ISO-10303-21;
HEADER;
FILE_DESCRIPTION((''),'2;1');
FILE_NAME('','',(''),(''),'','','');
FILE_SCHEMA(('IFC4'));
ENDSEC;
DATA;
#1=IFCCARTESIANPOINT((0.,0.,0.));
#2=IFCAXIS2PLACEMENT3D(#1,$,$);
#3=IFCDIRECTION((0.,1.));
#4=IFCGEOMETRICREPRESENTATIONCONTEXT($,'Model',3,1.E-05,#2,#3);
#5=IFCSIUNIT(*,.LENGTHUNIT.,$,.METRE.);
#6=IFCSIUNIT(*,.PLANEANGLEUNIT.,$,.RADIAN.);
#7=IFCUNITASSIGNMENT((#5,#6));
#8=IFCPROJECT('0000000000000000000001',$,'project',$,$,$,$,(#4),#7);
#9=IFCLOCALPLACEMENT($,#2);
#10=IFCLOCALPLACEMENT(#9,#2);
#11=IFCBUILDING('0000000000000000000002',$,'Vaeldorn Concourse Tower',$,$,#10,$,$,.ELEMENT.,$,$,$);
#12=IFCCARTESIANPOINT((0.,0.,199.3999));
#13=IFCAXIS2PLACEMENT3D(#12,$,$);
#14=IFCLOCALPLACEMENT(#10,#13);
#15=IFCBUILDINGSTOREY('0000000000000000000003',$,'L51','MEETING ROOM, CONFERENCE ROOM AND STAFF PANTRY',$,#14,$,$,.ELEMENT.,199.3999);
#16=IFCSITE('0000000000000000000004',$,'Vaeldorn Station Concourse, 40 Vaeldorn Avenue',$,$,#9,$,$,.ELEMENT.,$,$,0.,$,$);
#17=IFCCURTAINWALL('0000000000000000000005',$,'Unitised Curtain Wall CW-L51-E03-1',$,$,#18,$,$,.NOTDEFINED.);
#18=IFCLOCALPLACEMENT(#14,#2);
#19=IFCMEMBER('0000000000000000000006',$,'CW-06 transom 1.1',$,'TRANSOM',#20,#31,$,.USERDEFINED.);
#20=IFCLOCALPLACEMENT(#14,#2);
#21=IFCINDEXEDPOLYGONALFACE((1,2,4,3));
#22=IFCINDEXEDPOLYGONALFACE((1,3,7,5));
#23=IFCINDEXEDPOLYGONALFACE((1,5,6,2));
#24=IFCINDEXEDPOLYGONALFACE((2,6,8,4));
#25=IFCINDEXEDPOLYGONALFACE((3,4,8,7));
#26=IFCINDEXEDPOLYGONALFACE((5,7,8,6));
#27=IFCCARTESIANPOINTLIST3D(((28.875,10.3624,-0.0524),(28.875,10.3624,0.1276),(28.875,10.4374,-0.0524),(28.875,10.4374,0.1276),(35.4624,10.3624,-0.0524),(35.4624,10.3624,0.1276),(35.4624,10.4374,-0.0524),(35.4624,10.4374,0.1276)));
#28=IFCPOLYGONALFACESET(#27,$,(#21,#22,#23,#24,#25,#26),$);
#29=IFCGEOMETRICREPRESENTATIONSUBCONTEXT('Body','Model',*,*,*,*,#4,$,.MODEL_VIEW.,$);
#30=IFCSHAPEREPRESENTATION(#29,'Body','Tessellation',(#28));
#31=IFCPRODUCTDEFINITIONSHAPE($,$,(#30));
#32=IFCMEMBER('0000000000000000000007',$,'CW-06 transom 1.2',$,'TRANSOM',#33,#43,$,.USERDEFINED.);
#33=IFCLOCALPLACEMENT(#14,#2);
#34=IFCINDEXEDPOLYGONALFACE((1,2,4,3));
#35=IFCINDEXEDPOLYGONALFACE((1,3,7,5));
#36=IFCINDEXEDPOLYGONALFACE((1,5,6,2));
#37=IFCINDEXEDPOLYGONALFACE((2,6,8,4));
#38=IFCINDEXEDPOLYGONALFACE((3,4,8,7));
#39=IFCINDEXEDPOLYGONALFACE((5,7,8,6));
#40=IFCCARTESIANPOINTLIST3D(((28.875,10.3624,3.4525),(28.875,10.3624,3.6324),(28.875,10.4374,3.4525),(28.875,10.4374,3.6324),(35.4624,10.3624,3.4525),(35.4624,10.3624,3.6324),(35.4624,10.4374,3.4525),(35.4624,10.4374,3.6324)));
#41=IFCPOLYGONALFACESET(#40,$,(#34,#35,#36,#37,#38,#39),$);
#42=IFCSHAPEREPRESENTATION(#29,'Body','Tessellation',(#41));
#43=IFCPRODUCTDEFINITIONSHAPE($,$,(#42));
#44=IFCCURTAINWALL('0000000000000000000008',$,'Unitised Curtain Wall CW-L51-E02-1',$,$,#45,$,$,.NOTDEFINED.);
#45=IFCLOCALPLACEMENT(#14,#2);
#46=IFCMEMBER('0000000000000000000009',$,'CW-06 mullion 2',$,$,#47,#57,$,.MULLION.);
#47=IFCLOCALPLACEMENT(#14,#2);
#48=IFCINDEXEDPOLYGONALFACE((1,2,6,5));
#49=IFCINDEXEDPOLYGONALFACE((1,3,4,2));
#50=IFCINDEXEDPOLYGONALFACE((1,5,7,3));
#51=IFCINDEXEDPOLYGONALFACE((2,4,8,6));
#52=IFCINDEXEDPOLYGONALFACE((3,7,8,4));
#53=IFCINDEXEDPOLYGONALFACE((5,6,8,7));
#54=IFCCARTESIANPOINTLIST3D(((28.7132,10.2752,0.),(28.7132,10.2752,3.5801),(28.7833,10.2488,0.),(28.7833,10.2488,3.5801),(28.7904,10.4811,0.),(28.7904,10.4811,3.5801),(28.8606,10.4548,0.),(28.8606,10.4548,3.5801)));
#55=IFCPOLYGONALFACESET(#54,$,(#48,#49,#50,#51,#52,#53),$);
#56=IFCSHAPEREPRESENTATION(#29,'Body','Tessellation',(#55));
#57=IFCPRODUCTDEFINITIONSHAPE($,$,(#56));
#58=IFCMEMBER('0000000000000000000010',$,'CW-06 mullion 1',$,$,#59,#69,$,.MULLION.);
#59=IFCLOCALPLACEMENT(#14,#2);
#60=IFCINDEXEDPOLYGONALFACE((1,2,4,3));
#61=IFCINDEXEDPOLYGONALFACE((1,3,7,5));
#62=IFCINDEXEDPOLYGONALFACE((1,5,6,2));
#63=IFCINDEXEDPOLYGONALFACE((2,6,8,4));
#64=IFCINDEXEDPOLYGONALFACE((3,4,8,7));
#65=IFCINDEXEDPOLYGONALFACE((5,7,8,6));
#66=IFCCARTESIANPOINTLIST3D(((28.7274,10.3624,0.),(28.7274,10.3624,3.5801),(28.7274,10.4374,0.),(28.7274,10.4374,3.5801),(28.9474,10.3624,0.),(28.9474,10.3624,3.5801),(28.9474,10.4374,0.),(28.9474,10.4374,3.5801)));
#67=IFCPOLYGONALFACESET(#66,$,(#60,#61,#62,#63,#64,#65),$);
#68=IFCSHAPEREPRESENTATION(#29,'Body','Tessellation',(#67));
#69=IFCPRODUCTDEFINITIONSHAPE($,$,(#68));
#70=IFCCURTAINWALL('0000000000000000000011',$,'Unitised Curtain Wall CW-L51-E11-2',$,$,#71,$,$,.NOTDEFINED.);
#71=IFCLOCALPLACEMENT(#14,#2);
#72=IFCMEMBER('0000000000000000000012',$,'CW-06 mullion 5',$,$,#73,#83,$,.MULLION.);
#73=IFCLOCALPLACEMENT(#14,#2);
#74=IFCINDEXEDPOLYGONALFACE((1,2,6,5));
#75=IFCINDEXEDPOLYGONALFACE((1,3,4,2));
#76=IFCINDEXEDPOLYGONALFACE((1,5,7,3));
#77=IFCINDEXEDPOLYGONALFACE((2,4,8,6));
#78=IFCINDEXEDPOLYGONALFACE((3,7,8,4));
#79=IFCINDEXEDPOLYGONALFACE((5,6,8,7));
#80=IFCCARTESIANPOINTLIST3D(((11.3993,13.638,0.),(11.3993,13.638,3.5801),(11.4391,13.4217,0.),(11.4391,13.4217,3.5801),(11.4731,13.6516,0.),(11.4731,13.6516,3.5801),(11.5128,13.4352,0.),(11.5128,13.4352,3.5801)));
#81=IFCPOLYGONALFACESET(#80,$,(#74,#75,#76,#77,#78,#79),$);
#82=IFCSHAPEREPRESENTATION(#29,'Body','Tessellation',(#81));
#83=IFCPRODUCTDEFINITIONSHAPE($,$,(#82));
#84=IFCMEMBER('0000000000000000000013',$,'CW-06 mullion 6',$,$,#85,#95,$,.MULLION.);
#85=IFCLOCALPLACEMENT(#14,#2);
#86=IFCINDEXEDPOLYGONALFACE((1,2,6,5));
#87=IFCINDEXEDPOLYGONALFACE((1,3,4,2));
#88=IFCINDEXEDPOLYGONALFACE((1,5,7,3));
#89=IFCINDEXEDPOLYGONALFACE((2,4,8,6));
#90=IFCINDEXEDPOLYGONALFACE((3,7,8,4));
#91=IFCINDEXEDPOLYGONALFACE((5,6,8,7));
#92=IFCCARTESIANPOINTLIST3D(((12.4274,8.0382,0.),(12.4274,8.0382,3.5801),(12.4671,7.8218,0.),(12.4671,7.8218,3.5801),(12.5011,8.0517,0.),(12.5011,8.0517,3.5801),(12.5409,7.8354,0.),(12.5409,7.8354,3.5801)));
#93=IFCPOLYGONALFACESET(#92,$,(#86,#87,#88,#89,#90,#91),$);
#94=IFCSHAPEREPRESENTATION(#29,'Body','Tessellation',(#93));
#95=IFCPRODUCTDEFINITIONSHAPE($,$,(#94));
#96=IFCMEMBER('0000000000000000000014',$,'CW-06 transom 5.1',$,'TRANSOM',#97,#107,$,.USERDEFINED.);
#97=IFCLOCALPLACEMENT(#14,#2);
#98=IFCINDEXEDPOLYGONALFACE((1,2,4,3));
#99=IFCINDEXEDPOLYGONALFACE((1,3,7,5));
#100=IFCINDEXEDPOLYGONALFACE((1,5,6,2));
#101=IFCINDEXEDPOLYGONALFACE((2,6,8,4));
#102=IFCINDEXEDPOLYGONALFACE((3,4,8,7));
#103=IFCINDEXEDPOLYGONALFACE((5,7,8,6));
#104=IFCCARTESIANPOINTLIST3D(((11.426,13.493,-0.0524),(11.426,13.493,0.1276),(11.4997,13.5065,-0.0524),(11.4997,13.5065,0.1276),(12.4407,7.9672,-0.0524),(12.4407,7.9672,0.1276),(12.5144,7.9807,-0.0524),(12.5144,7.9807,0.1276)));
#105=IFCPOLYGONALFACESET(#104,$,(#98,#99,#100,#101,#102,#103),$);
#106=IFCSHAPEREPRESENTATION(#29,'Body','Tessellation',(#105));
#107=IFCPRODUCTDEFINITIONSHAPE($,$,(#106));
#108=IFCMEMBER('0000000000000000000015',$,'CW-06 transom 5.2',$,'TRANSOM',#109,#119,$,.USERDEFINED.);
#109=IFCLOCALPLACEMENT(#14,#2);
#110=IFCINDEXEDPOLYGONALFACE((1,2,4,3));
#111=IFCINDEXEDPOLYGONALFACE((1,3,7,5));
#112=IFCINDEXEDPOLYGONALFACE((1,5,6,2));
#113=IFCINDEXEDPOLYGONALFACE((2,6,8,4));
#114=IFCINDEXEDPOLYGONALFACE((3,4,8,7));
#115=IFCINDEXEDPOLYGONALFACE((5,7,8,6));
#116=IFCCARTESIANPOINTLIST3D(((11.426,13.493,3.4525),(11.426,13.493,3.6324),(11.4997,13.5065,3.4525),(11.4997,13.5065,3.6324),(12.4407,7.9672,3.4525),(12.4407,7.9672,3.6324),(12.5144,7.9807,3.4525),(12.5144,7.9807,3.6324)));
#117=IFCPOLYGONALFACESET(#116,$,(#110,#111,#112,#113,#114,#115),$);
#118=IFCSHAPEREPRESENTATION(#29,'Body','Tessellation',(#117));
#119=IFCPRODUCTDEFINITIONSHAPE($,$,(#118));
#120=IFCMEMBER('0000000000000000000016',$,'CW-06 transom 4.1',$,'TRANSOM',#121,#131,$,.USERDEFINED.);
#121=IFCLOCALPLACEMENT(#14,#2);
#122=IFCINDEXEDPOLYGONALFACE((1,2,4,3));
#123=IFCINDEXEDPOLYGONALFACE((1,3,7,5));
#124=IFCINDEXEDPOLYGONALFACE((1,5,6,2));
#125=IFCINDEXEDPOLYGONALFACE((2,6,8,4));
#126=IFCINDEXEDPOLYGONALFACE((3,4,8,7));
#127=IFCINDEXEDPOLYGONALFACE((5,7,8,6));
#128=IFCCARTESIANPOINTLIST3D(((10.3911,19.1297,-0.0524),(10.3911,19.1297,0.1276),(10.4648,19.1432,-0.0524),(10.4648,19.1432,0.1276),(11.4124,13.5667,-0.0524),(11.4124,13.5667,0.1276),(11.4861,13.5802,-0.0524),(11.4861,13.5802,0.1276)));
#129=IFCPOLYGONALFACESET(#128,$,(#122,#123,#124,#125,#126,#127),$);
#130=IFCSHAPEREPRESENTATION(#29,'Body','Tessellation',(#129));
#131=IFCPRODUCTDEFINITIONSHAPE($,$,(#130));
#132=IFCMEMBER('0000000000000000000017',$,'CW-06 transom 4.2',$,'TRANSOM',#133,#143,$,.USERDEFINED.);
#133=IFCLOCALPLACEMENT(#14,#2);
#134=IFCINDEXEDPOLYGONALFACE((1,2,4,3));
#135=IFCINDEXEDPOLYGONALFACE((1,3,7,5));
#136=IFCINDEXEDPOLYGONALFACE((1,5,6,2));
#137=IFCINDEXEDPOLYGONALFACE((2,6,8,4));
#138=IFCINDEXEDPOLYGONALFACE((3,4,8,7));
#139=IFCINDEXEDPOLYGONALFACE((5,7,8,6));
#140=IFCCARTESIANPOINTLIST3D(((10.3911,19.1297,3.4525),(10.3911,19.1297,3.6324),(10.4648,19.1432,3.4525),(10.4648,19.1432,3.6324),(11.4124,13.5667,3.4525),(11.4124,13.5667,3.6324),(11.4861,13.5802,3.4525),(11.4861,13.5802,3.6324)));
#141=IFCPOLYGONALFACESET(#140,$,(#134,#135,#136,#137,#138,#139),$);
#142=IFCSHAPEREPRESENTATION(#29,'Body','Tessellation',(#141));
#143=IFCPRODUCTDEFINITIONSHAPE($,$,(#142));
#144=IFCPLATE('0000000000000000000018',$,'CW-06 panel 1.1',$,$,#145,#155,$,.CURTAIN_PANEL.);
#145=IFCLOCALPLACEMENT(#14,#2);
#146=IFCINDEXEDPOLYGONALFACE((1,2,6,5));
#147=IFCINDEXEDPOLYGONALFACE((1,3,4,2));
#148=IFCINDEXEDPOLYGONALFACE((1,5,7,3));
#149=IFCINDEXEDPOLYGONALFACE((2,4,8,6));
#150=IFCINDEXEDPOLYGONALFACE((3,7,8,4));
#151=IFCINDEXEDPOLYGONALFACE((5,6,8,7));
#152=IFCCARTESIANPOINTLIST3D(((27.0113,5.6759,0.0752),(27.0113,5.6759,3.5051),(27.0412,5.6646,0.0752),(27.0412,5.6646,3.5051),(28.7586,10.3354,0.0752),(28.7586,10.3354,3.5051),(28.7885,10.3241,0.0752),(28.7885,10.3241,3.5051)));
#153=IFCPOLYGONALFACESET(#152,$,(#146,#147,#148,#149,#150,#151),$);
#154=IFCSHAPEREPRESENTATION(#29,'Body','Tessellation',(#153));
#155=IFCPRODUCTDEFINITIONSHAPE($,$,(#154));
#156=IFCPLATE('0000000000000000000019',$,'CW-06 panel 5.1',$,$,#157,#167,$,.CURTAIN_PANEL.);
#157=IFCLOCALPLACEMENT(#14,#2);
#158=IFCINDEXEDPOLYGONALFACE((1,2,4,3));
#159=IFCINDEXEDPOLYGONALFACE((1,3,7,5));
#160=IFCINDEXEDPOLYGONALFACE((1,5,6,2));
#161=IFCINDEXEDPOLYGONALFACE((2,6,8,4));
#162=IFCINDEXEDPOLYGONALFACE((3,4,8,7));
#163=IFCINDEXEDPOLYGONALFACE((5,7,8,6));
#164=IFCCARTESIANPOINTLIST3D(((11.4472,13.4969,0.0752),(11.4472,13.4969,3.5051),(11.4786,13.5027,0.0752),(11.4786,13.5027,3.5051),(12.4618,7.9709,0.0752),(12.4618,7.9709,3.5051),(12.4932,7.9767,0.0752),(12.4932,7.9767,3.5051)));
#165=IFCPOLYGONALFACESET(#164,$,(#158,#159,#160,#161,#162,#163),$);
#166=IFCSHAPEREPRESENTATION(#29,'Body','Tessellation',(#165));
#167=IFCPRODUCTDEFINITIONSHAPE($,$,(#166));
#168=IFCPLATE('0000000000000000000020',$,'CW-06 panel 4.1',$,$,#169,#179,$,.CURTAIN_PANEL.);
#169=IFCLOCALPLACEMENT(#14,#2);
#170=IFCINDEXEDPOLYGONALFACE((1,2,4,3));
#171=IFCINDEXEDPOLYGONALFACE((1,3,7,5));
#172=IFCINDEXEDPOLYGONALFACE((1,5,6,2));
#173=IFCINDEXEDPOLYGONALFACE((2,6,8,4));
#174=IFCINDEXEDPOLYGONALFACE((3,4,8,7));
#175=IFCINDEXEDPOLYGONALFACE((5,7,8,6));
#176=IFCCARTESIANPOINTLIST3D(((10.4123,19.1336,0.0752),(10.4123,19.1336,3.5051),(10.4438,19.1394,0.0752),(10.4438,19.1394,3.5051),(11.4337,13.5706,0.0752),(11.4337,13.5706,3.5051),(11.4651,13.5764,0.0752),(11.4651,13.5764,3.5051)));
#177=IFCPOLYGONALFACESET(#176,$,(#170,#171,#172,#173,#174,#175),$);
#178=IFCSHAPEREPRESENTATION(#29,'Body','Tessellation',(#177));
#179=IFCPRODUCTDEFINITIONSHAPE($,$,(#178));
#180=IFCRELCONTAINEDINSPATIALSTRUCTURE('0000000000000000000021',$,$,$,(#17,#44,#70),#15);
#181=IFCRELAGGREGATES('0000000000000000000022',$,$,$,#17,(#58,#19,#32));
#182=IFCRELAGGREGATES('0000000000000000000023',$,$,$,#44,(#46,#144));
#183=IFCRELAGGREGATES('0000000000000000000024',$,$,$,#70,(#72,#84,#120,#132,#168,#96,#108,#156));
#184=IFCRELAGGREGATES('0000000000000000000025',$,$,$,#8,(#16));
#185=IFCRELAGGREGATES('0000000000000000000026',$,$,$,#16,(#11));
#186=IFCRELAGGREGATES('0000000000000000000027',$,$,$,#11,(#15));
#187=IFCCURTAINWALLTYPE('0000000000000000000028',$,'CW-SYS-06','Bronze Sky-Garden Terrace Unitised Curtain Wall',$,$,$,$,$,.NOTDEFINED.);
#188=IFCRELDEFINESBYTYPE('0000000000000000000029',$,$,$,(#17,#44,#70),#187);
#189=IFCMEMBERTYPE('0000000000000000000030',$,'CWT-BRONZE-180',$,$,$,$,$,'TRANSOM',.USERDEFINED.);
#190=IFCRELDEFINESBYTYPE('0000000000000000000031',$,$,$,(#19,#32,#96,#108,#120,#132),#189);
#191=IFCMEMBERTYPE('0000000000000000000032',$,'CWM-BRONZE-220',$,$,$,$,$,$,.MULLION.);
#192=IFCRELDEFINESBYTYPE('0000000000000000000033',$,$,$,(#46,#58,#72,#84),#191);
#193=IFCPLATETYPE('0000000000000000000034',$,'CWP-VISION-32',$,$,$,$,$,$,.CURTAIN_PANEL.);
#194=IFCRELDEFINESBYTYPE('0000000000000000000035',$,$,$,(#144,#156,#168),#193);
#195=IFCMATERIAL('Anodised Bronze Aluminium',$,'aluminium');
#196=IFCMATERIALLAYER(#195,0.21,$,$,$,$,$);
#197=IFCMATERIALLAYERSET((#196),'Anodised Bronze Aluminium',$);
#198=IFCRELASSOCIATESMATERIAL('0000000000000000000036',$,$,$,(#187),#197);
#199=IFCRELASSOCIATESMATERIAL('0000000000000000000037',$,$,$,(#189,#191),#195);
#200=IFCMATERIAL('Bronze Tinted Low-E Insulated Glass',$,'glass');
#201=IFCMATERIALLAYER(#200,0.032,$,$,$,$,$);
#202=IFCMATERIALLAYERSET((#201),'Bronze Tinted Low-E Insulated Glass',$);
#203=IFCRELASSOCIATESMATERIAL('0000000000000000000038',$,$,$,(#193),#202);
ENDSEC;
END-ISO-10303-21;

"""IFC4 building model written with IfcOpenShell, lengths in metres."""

from ifc_helpers import new_model, si_unit, direction, frame, origin, origin_2d, place, context, subcontext, project, spatial, rectangle, extrude, source, transform, mapped, material, layer, layer_set, material_profile, profile_set, type_object, element, aggregate, save


model = new_model("IFC4")

# Units and contexts
model_context = context("Model", 3, precision=1e-05, world=origin(), true_north=direction((0.0, 1.0)))
body_context = subcontext(model_context, "Body", "Model", "MODEL_VIEW")
ifc_project = project(units=[si_unit("LENGTHUNIT", "METRE"), si_unit("PLANEANGLEUNIT", "RADIAN")], contexts=[model_context])

# Site, building, storey
site_placement = place(None, origin())
site = spatial("IfcSite", under=ifc_project, at=site_placement, Name="Vaeldorn Station Concourse, 40 Vaeldorn Avenue", CompositionType="ELEMENT", RefElevation=0.0)
building_placement = place(site_placement, origin())
building = spatial("IfcBuilding", under=site, at=building_placement, Name="Vaeldorn Concourse Tower", CompositionType="ELEMENT")
storey_placement = place(building_placement, frame((0.0, 0.0, 199.3999)))
storey = spatial("IfcBuildingStorey", under=building, at=storey_placement, Name="L51", Description="MEETING ROOM, CONFERENCE ROOM AND STAFF PANTRY", CompositionType="ELEMENT", Elevation=199.3999)

# Curtain wall, members
ifc_material_1 = material(Name="Anodised Bronze Aluminium", Category="aluminium")
ifc_layer_1 = layer(ifc_material_1, 0.21)
ifc_layer_set_1 = layer_set([ifc_layer_1], Name="Anodised Bronze Aluminium")
curtain_wall_type = type_object("IfcCurtainWallType", Name="CW-SYS-06", Description="Bronze Sky-Garden Terrace Unitised Curtain Wall", PredefinedType="NOTDEFINED", material=ifc_layer_set_1)
curtain_wall_1_placement = place(storey_placement, origin())
curtain_wall_1 = element("IfcCurtainWall", 1, at=curtain_wall_1_placement, inside=storey, type_object=curtain_wall_type, Name="Unitised Curtain Wall CW-L51-E03-1", PredefinedType="NOTDEFINED")
ifc_material_profile_1 = material_profile(ifc_material_1, rectangle(XDim=0.075, YDim=0.1799, at=origin_2d()), Name="CWT 75x180")
ifc_profile_set_1 = profile_set([ifc_material_profile_1], Name="Anodised Bronze Aluminium")
member_type_1 = type_object("IfcMemberType", Name="CWT-BRONZE-180", ElementType="TRANSOM", PredefinedType="USERDEFINED", material=ifc_profile_set_1)
shared_shape_1 = source(origin(), body_context, "Body", "SweptSolid", [
    extrude(rectangle(XDim=0.075, YDim=0.1799, at=origin_2d()), origin(), (0.0, 0.0, 1.0), 6.5874),
])
member_1_placement = place(storey_placement, frame((28.875, 10.3999, 0.0376), z_axis=(1.0, 0.0, 0.0), x_axis=(0.0, 1.0, 0.0)))
member_1 = element("IfcMember", 2, at=member_1_placement, type_object=member_type_1, Name="CW-06 transom 1.1", ObjectType="TRANSOM", PredefinedType="USERDEFINED", context=body_context, shape_type="MappedRepresentation", body=[
    mapped(shared_shape_1, transform((0.0, 0.0, 0.0), scale=1.0)),
])
member_2_placement = place(storey_placement, frame((28.875, 10.3999, 3.5425), z_axis=(1.0, 0.0, 0.0), x_axis=(0.0, 1.0, 0.0)))
member_2 = element("IfcMember", 3, at=member_2_placement, type_object=member_type_1, Name="CW-06 transom 1.2", ObjectType="TRANSOM", PredefinedType="USERDEFINED", context=body_context, shape_type="MappedRepresentation", body=[
    mapped(shared_shape_1, transform((0.0, 0.0, 0.0), scale=1.0)),
])

# Curtain wall, member
curtain_wall_2_placement = place(storey_placement, origin())
curtain_wall_2 = element("IfcCurtainWall", 4, at=curtain_wall_2_placement, inside=storey, type_object=curtain_wall_type, Name="Unitised Curtain Wall CW-L51-E02-1", PredefinedType="NOTDEFINED")
ifc_material_profile_2 = material_profile(ifc_material_1, rectangle(XDim=0.075, YDim=0.22, at=origin_2d()), Name="CWM 75x220")
ifc_profile_set_2 = profile_set([ifc_material_profile_2], Name="Anodised Bronze Aluminium")
member_type_2 = type_object("IfcMemberType", Name="CWM-BRONZE-220", PredefinedType="MULLION", material=ifc_profile_set_2)
shared_shape_2 = source(origin(), body_context, "Body", "SweptSolid", [
    extrude(rectangle(XDim=0.075, YDim=0.22, at=origin_2d()), origin(), (0.0, 0.0, 1.0), 3.5801),
])
member_3_placement = place(storey_placement, frame((28.7869, 10.365, 0.0), z_axis=(0.0, 0.0, 1.0), x_axis=(-0.936329, 0.351123, 0.0)))
member_3 = element("IfcMember", 5, at=member_3_placement, type_object=member_type_2, Name="CW-06 mullion 2", PredefinedType="MULLION", context=body_context, shape_type="MappedRepresentation", body=[
    mapped(shared_shape_2, transform((0.0, 0.0, 0.0), scale=1.0)),
])

# Member
member_4_placement = place(storey_placement, frame((28.8374, 10.3999, 0.0), z_axis=(0.0, 0.0, 1.0), x_axis=(0.0, 1.0, 0.0)))
member_4 = element("IfcMember", 6, at=member_4_placement, type_object=member_type_2, Name="CW-06 mullion 1", PredefinedType="MULLION", context=body_context, shape_type="MappedRepresentation", body=[
    mapped(shared_shape_2, transform((0.0, 0.0, 0.0), scale=1.0)),
])
aggregate(curtain_wall_1, [member_4, member_1, member_2])

# Curtain wall, members
curtain_wall_3_placement = place(storey_placement, origin())
curtain_wall_3 = element("IfcCurtainWall", 7, at=curtain_wall_3_placement, inside=storey, type_object=curtain_wall_type, Name="Unitised Curtain Wall CW-L51-E11-2", PredefinedType="NOTDEFINED")
member_5_placement = place(storey_placement, frame((11.4561, 13.5366, 0.0), z_axis=(0.0, 0.0, 1.0), x_axis=(0.983559, 0.180585, 0.0)))
member_5 = element("IfcMember", 8, at=member_5_placement, type_object=member_type_2, Name="CW-06 mullion 5", PredefinedType="MULLION", context=body_context, shape_type="MappedRepresentation", body=[
    mapped(shared_shape_2, transform((0.0, 0.0, 0.0), scale=1.0)),
])
member_6_placement = place(storey_placement, frame((12.4841, 7.9368, 0.0), z_axis=(0.0, 0.0, 1.0), x_axis=(0.983559, 0.180585, 0.0)))
member_6 = element("IfcMember", 9, at=member_6_placement, type_object=member_type_2, Name="CW-06 mullion 6", PredefinedType="MULLION", context=body_context, shape_type="MappedRepresentation", body=[
    mapped(shared_shape_2, transform((0.0, 0.0, 0.0), scale=1.0)),
])
shared_shape_3 = source(origin(), body_context, "Body", "SweptSolid", [
    extrude(rectangle(XDim=0.075, YDim=0.1799, at=origin_2d()), origin(), (0.0, 0.0, 1.0), 5.6182),
])
member_7_placement = place(storey_placement, frame((11.4629, 13.4998, 0.0376), z_axis=(0.180598, -0.983557, 0.0), x_axis=(0.983557, 0.180598, 0.0)))
member_7 = element("IfcMember", 10, at=member_7_placement, type_object=member_type_1, Name="CW-06 transom 5.1", ObjectType="TRANSOM", PredefinedType="USERDEFINED", context=body_context, shape_type="MappedRepresentation", body=[
    mapped(shared_shape_3, transform((0.0, 0.0, 0.0), scale=1.0)),
])
member_8_placement = place(storey_placement, frame((11.4629, 13.4998, 3.5425), z_axis=(0.180598, -0.983557, 0.0), x_axis=(0.983557, 0.180598, 0.0)))
member_8 = element("IfcMember", 11, at=member_8_placement, type_object=member_type_1, Name="CW-06 transom 5.2", ObjectType="TRANSOM", PredefinedType="USERDEFINED", context=body_context, shape_type="MappedRepresentation", body=[
    mapped(shared_shape_3, transform((0.0, 0.0, 0.0), scale=1.0)),
])
shared_shape_4 = source(origin(), body_context, "Body", "SweptSolid", [
    extrude(rectangle(XDim=0.075, YDim=0.1799, at=origin_2d()), origin(), (0.0, 0.0, 1.0), 5.656),
])
member_9_placement = place(storey_placement, frame((10.428, 19.1365, 0.0376), z_axis=(0.18056, -0.983564, 0.0), x_axis=(0.983564, 0.18056, 0.0)))
member_9 = element("IfcMember", 12, at=member_9_placement, type_object=member_type_1, Name="CW-06 transom 4.1", ObjectType="TRANSOM", PredefinedType="USERDEFINED", context=body_context, shape_type="MappedRepresentation", body=[
    mapped(shared_shape_4, transform((0.0, 0.0, 0.0), scale=1.0)),
])
member_10_placement = place(storey_placement, frame((10.428, 19.1365, 3.5425), z_axis=(0.18056, -0.983564, 0.0), x_axis=(0.983564, 0.18056, 0.0)))
member_10 = element("IfcMember", 13, at=member_10_placement, type_object=member_type_1, Name="CW-06 transom 4.2", ObjectType="TRANSOM", PredefinedType="USERDEFINED", context=body_context, shape_type="MappedRepresentation", body=[
    mapped(shared_shape_4, transform((0.0, 0.0, 0.0), scale=1.0)),
])

# Plates
ifc_material_2 = material(Name="Bronze Tinted Low-E Insulated Glass", Category="glass")
ifc_layer_2 = layer(ifc_material_2, 0.032)
ifc_layer_set_2 = layer_set([ifc_layer_2], Name="Bronze Tinted Low-E Insulated Glass")
plate_type = type_object("IfcPlateType", Name="CWP-VISION-32", PredefinedType="CURTAIN_PANEL", material=ifc_layer_set_2)
shared_shape_5 = source(origin(), body_context, "Body", "SweptSolid", [
    extrude(rectangle(XDim=4.9763, YDim=0.032, at=origin_2d()), origin(), (0.0, 0.0, 1.0), 3.4299),
])
plate_1_placement = place(storey_placement, frame((27.8999, 8.0, 0.0752), z_axis=(0.0, 0.0, 1.0), x_axis=(0.351123, 0.936329, 0.0)))
plate_1 = element("IfcPlate", 14, at=plate_1_placement, type_object=plate_type, Name="CW-06 panel 1.1", PredefinedType="CURTAIN_PANEL", context=body_context, shape_type="MappedRepresentation", body=[
    mapped(shared_shape_5, transform((0.0, 0.0, 0.0), scale=1.0)),
])
aggregate(curtain_wall_2, [member_3, plate_1])
shared_shape_6 = source(origin(), body_context, "Body", "SweptSolid", [
    extrude(rectangle(XDim=5.6184, YDim=0.032, at=origin_2d()), origin(), (0.0, 0.0, 1.0), 3.4299),
])
plate_2_placement = place(storey_placement, frame((11.9702, 10.7368, 0.0752), z_axis=(0.0, 0.0, 1.0), x_axis=(0.180585, -0.983559, 0.0)))
plate_2 = element("IfcPlate", 15, at=plate_2_placement, type_object=plate_type, Name="CW-06 panel 5.1", PredefinedType="CURTAIN_PANEL", context=body_context, shape_type="MappedRepresentation", body=[
    mapped(shared_shape_6, transform((0.0, 0.0, 0.0), scale=1.0)),
])
shared_shape_7 = source(origin(), body_context, "Body", "SweptSolid", [
    extrude(rectangle(XDim=5.656, YDim=0.032, at=origin_2d()), origin(), (0.0, 0.0, 1.0), 3.4299),
])
plate_3_placement = place(storey_placement, frame((10.9387, 16.355, 0.0752), z_axis=(0.0, 0.0, 1.0), x_axis=(0.180585, -0.983559, 0.0)))
plate_3 = element("IfcPlate", 16, at=plate_3_placement, type_object=plate_type, Name="CW-06 panel 4.1", PredefinedType="CURTAIN_PANEL", context=body_context, shape_type="MappedRepresentation", body=[
    mapped(shared_shape_7, transform((0.0, 0.0, 0.0), scale=1.0)),
])
aggregate(curtain_wall_3, [member_5, member_6, member_9, member_10, plate_3, member_7, member_8, plate_2])

save(model, "model.ifc")
